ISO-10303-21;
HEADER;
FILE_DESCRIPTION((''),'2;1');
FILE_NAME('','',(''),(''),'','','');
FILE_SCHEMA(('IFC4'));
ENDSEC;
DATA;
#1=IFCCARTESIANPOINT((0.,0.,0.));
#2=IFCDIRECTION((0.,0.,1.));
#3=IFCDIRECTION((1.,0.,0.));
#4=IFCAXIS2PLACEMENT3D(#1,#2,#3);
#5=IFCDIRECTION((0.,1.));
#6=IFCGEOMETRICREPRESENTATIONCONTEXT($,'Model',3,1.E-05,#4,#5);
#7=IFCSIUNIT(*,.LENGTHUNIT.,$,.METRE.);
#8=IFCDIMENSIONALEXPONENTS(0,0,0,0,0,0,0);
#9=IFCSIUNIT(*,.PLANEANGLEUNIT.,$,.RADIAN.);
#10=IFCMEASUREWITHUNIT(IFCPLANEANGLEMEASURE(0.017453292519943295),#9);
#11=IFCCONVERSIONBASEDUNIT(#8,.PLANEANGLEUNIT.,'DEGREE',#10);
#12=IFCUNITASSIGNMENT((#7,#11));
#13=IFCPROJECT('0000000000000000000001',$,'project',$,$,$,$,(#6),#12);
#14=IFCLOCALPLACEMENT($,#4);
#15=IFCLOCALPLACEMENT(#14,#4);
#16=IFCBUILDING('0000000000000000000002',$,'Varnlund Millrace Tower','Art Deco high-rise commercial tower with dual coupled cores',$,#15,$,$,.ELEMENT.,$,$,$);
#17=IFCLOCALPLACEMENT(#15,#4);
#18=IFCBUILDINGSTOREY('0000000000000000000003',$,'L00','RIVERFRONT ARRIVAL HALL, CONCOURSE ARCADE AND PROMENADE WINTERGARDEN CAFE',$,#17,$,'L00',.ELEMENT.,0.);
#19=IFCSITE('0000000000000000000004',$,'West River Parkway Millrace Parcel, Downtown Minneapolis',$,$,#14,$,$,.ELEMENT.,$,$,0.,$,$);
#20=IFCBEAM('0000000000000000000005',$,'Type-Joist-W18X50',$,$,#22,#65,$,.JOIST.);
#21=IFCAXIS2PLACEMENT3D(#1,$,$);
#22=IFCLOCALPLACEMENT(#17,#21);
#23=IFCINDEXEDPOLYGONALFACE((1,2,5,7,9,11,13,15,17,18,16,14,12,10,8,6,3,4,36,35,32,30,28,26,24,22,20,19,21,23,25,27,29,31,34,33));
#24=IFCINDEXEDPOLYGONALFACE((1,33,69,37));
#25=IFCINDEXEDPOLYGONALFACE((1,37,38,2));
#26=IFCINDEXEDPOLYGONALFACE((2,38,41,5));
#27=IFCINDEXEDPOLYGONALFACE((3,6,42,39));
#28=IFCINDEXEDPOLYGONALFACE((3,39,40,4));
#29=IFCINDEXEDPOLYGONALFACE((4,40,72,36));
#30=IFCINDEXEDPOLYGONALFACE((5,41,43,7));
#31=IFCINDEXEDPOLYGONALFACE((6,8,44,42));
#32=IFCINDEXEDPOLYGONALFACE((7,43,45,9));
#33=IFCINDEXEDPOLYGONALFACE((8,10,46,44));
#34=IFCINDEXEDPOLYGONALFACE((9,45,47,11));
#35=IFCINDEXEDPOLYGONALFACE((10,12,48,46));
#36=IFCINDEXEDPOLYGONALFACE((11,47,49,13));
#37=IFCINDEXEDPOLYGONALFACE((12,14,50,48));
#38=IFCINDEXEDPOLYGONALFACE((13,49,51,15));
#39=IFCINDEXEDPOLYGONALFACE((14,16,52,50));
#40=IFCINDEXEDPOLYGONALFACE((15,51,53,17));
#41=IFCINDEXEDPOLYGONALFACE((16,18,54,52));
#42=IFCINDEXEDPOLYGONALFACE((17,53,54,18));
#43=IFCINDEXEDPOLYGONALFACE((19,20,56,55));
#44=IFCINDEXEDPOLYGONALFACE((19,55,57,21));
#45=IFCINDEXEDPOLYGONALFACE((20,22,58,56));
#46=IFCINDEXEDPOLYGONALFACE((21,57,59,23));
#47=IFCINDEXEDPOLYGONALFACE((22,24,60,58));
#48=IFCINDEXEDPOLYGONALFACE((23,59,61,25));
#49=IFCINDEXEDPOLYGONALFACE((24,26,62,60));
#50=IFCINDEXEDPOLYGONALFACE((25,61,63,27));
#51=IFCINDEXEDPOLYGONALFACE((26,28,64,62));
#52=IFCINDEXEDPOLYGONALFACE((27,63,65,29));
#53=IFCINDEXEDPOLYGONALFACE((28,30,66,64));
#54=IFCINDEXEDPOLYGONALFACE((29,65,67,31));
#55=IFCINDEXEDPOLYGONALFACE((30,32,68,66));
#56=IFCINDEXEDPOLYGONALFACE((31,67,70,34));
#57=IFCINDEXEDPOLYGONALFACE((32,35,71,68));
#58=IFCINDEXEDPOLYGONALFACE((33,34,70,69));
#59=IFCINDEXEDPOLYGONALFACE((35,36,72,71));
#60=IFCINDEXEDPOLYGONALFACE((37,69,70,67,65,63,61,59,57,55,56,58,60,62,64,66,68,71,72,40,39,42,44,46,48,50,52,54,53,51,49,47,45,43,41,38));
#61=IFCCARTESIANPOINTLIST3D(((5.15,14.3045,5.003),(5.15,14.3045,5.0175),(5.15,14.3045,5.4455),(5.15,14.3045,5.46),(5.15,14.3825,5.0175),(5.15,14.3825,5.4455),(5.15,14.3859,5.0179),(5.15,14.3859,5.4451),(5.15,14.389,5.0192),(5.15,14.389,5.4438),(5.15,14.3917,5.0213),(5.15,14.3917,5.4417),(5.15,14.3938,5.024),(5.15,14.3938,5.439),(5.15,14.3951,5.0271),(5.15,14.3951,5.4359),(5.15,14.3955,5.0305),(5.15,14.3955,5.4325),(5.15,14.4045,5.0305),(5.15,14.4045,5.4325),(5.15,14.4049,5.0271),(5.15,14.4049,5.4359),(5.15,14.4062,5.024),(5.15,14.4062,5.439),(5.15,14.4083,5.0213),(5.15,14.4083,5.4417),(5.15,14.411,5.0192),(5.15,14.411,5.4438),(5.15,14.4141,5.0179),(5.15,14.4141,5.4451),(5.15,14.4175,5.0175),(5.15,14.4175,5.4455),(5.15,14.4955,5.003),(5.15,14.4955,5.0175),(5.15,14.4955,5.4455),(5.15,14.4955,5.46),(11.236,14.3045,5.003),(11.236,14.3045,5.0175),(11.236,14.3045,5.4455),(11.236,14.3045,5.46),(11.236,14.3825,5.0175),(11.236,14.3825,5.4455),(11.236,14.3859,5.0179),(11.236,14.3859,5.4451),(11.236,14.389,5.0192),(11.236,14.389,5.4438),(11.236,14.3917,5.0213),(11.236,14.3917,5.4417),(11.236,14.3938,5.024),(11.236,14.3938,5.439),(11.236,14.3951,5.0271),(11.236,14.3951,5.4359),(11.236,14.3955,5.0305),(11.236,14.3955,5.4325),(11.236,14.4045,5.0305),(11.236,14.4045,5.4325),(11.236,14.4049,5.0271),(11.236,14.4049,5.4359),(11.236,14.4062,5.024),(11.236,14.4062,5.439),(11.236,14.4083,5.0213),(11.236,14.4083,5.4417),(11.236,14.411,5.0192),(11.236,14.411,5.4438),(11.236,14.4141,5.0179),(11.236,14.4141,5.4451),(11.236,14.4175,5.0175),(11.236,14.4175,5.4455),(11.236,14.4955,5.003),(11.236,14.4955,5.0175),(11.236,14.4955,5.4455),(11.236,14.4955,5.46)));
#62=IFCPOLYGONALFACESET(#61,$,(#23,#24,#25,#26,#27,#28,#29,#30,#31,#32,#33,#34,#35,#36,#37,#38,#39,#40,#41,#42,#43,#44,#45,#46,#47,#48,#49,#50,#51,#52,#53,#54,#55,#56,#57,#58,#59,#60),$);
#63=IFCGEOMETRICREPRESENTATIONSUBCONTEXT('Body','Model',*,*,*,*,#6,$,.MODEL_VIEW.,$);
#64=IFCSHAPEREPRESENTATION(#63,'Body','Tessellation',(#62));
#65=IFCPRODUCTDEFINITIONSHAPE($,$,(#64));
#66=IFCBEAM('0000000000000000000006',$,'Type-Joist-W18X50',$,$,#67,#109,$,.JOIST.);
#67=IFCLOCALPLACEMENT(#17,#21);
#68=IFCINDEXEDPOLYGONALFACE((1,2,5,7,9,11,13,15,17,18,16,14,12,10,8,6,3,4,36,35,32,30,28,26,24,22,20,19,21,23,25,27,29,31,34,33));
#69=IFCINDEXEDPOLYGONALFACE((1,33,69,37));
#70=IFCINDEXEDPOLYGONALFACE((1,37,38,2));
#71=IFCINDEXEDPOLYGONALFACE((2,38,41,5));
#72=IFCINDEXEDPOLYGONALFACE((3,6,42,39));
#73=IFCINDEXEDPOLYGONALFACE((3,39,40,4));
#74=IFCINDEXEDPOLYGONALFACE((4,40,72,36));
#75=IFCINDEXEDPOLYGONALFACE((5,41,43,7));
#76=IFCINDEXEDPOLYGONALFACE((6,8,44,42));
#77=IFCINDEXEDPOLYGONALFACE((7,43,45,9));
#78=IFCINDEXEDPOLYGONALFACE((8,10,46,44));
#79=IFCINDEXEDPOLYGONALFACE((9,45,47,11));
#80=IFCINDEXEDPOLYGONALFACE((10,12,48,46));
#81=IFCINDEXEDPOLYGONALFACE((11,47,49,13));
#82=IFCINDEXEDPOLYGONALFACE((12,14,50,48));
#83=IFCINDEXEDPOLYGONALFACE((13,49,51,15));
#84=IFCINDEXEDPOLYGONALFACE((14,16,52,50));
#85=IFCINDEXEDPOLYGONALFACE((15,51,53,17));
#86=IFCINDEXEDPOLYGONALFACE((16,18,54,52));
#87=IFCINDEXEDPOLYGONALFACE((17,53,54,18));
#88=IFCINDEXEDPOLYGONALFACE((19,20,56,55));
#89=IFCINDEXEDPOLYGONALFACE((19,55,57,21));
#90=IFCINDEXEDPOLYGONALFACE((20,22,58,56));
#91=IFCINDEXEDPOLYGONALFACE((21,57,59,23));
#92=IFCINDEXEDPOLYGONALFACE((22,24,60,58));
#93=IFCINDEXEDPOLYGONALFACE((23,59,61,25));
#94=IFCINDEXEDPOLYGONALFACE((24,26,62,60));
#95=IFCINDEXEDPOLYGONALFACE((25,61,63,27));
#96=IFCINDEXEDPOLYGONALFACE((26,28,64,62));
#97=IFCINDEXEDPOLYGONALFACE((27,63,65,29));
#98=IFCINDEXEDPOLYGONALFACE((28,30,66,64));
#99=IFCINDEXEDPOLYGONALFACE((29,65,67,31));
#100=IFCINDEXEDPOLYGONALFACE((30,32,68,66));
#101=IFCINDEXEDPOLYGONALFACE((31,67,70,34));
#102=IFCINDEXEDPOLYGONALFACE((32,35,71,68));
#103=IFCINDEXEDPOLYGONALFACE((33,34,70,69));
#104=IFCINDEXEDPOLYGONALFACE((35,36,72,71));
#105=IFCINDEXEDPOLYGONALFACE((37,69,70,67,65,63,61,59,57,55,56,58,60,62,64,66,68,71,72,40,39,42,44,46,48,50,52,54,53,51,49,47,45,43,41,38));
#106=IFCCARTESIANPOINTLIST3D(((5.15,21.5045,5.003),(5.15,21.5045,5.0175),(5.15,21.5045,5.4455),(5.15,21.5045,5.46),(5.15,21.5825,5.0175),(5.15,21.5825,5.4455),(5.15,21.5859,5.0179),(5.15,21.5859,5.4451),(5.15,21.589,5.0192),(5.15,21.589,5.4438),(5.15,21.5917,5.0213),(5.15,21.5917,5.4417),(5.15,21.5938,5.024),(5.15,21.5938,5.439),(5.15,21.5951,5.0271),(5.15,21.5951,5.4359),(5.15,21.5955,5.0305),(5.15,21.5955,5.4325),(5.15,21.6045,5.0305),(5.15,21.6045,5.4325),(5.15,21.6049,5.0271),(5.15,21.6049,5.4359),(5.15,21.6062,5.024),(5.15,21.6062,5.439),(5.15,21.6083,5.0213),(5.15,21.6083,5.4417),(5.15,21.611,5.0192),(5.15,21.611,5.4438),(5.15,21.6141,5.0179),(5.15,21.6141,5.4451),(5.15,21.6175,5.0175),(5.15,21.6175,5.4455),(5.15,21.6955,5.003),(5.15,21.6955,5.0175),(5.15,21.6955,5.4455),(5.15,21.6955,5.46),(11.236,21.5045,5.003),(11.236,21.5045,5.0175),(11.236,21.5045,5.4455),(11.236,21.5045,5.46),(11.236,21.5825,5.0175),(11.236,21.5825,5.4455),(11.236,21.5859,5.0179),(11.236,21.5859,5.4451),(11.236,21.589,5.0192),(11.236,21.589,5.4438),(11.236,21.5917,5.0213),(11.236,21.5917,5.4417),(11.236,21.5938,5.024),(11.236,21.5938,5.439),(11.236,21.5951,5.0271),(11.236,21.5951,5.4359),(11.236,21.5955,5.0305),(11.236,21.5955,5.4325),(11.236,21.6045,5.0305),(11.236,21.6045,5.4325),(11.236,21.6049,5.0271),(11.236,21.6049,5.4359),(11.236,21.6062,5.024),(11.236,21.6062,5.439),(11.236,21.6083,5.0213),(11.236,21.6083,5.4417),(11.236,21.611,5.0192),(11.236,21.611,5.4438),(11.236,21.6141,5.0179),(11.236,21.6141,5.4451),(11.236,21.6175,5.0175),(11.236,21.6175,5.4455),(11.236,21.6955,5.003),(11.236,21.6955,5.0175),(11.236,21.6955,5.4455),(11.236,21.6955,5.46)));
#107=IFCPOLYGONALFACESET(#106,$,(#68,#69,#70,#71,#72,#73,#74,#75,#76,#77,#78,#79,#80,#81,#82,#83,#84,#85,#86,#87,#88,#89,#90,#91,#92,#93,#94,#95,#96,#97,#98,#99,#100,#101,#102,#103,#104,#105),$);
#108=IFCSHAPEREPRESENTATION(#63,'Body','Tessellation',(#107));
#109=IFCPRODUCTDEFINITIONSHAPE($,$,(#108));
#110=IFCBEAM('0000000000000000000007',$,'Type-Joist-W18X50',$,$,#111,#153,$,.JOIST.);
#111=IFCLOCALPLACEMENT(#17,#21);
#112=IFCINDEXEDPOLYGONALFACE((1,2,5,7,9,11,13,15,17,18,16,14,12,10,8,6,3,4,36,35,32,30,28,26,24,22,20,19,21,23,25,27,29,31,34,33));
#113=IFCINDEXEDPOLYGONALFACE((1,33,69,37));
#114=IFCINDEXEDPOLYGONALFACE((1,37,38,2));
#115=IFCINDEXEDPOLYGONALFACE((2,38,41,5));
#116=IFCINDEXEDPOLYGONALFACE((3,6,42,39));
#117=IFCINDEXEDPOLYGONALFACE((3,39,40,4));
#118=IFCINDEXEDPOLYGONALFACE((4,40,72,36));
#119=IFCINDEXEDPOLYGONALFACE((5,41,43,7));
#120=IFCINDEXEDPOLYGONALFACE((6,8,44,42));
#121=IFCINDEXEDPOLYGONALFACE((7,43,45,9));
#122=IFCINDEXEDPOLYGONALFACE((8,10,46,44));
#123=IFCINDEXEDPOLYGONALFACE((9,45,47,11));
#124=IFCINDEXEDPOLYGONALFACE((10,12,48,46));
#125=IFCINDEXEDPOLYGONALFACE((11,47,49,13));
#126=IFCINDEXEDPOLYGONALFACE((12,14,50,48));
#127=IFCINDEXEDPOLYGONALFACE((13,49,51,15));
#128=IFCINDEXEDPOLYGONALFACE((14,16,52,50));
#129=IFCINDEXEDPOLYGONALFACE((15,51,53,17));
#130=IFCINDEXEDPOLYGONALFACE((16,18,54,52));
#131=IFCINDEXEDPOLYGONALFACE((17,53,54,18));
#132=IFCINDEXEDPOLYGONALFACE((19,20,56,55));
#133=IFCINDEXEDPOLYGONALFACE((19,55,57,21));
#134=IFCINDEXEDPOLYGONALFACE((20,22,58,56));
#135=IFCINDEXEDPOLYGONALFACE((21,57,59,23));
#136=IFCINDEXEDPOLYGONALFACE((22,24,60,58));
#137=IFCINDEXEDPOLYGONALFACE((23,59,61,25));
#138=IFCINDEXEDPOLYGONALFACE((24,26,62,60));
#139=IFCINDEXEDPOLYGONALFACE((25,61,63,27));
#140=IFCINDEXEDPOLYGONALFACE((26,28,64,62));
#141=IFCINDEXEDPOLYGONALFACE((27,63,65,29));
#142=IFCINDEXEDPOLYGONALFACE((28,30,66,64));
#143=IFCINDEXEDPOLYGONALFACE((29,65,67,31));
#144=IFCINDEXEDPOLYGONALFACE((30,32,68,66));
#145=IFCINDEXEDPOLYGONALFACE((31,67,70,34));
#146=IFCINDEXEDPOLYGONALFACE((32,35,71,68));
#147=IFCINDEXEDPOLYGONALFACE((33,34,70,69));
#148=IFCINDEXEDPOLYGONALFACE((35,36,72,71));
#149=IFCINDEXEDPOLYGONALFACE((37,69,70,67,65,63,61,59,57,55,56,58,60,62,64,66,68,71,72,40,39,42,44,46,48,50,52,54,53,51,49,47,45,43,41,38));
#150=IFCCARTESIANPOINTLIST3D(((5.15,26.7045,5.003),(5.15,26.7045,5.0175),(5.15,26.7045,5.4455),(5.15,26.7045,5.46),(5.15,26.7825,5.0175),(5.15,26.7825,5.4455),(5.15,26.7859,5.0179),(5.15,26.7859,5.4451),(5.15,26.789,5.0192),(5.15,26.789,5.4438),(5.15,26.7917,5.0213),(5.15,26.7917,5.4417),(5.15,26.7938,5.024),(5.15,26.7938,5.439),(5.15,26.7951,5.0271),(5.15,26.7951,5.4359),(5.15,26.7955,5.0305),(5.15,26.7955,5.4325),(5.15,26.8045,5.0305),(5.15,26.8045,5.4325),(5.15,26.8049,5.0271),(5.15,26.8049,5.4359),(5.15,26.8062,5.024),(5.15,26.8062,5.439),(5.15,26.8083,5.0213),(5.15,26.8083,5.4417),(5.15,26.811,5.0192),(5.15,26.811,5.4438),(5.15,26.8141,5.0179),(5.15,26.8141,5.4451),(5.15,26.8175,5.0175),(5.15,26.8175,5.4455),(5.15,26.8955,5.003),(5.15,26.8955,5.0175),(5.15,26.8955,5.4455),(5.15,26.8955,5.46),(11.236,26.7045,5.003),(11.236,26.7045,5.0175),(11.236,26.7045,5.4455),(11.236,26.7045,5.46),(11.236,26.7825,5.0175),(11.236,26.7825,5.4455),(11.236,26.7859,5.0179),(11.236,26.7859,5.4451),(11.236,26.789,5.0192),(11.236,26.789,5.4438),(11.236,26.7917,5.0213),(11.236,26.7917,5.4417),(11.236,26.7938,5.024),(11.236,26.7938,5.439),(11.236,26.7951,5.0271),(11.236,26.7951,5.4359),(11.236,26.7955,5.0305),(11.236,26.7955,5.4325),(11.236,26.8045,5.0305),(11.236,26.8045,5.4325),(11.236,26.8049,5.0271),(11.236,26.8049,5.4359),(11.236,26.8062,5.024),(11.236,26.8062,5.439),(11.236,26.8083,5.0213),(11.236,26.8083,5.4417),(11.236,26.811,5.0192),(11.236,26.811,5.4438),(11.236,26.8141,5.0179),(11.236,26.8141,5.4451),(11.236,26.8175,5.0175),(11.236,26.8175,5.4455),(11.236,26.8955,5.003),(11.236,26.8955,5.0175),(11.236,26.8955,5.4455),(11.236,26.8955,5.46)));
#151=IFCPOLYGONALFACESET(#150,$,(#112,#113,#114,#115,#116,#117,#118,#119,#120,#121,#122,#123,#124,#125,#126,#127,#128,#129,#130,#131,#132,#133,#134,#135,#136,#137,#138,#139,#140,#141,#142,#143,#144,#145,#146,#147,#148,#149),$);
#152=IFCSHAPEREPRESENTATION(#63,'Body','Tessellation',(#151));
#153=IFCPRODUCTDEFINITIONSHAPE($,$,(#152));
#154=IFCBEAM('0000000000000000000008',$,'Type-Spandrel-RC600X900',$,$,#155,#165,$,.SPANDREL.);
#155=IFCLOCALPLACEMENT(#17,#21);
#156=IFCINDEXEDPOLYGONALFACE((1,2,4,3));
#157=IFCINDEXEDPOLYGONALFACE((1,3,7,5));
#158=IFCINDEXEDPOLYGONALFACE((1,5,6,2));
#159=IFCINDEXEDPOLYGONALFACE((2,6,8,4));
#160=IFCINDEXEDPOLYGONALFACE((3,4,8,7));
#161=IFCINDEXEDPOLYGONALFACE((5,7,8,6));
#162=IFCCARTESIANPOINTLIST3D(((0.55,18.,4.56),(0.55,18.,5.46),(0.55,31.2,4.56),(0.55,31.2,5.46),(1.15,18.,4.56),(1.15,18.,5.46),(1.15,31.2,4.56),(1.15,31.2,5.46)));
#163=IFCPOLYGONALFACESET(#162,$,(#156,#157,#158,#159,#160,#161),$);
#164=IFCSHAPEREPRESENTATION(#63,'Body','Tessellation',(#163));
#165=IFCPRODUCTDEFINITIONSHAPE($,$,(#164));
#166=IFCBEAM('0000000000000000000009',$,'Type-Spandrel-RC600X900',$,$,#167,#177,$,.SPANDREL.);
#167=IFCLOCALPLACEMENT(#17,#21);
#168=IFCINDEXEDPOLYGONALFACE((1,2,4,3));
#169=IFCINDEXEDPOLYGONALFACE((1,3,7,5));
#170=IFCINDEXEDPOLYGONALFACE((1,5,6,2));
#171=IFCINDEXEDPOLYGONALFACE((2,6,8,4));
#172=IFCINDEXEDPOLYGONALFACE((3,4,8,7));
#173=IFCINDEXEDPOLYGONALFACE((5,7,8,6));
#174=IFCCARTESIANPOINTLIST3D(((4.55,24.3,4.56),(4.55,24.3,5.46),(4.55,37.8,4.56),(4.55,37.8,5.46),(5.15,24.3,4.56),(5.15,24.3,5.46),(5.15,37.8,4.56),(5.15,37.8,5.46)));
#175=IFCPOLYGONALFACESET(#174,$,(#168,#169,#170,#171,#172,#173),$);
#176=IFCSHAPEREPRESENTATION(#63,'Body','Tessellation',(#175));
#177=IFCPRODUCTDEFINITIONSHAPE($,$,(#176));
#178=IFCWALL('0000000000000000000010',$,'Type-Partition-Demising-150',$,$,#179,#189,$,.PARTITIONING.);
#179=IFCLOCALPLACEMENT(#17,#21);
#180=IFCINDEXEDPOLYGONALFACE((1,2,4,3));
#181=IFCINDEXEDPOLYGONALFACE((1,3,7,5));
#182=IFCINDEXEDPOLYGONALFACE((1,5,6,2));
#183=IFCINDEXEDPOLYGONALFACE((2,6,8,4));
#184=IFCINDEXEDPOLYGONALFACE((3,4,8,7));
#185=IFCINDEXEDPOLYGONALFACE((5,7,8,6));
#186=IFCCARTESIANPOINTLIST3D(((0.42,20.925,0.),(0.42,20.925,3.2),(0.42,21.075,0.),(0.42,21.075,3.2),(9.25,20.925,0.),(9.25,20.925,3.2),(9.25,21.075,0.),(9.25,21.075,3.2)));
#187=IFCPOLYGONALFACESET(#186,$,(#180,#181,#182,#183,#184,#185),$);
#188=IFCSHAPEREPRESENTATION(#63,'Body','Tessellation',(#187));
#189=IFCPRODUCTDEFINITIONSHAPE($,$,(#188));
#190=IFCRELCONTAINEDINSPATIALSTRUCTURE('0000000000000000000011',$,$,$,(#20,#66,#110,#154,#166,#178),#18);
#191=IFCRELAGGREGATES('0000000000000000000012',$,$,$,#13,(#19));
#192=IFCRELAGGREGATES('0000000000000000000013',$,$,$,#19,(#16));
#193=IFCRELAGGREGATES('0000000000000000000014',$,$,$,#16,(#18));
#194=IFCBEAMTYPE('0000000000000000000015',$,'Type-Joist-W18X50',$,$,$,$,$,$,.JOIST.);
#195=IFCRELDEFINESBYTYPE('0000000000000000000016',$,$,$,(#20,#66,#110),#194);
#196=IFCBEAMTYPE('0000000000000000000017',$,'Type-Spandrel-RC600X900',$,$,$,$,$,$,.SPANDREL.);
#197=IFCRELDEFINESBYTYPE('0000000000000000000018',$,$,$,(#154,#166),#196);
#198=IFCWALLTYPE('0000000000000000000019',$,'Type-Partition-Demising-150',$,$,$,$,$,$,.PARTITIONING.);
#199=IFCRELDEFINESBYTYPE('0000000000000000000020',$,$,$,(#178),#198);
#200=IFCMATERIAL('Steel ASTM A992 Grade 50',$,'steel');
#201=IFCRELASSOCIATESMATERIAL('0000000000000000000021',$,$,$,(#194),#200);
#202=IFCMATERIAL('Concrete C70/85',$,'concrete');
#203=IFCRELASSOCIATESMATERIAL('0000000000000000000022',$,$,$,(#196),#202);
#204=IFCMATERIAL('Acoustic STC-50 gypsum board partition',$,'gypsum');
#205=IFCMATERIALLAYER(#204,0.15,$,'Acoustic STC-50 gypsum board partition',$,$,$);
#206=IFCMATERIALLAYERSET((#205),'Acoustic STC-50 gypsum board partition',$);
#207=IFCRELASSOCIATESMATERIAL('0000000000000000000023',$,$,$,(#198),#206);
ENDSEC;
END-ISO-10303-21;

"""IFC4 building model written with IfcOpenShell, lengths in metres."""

from ifc_helpers import new_model, entity, si_unit, converted_unit, direction, frame, origin_with_axes, origin_2d_with_axis, place, context, subcontext, project, spatial, polyline, rectangle, i_section, outline, extrude, material, layer, layer_set, material_profile, profile_set, type_object, element, save


model = new_model("IFC4")

# Units and contexts
model_context = context("Model", 3, precision=1e-05, world=origin_with_axes(), true_north=direction((0.0, 1.0)))
body_context = subcontext(model_context, "Body", "Model", "MODEL_VIEW")
ifc_project = project(units=[si_unit("LENGTHUNIT", "METRE"), converted_unit("PLANEANGLEUNIT", "DEGREE", entity("IfcPlaneAngleMeasure", 0.017453292519943295), si_unit("PLANEANGLEUNIT", "RADIAN"), dimensions=[0, 0, 0, 0, 0, 0, 0])], contexts=[model_context])

# Site, building, storey
site_placement = place(None, origin_with_axes())
site = spatial("IfcSite", under=ifc_project, at=site_placement, Name="West River Parkway Millrace Parcel, Downtown Minneapolis", CompositionType="ELEMENT", RefElevation=0.0)
building_placement = place(site_placement, origin_with_axes())
building = spatial("IfcBuilding", under=site, at=building_placement, Name="Varnlund Millrace Tower", Description="Art Deco high-rise commercial tower with dual coupled cores", CompositionType="ELEMENT")
storey_placement = place(building_placement, origin_with_axes())
storey = spatial("IfcBuildingStorey", under=building, at=storey_placement, Name="L00", Description="RIVERFRONT ARRIVAL HALL, CONCOURSE ARCADE AND PROMENADE WINTERGARDEN CAFE", LongName="L00", CompositionType="ELEMENT", Elevation=0.0)

# Beams
ifc_material_1 = material(Name="Steel ASTM A992 Grade 50", Category="steel")
ifc_material_profile_1 = material_profile(ifc_material_1, i_section(OverallWidth=0.191, OverallDepth=0.457, WebThickness=0.009, FlangeThickness=0.0145, FilletRadius=0.013, at=origin_2d_with_axis()), Name="Steel ASTM A992 Grade 50")
ifc_profile_set_1 = profile_set([ifc_material_profile_1], Name="Steel ASTM A992 Grade 50")
beam_type_1 = type_object("IfcBeamType", Name="Type-Joist-W18X50", PredefinedType="JOIST", material=ifc_profile_set_1)
for number, where, z_axis, x_axis, name in (
    (1, (5.15, 14.4, 5.2315), (1.0, 0.0, 0.0), (0.0, 1.0, 0.0), "Type-Joist-W18X50"),
    (2, (5.15, 21.6, 5.2315), (1.0, 0.0, 0.0), (0.0, 1.0, 0.0), "Type-Joist-W18X50"),
    (3, (5.15, 26.8, 5.2315), (1.0, 0.0, 0.0), (0.0, 1.0, 0.0), "Type-Joist-W18X50"),
):
    element("IfcBeam", number, at=place(storey_placement, frame(where, z_axis=z_axis, x_axis=x_axis)), inside=storey, type_object=beam_type_1, Name=name, PredefinedType="JOIST", context=body_context, shape_type="SweptSolid", body=[
        extrude(i_section(OverallWidth=0.191, OverallDepth=0.457, WebThickness=0.009, FlangeThickness=0.0145, FilletRadius=0.013, at=origin_2d_with_axis()), origin_with_axes(), (0.0, 0.0, 1.0), 6.086),
    ])
ifc_material_2 = material(Name="Concrete C70/85", Category="concrete")
ifc_material_profile_2 = material_profile(ifc_material_2, rectangle(XDim=0.6, YDim=0.9, at=origin_2d_with_axis()), Name="Concrete C70/85")
ifc_profile_set_2 = profile_set([ifc_material_profile_2], Name="Concrete C70/85")
beam_type_2 = type_object("IfcBeamType", Name="Type-Spandrel-RC600X900", PredefinedType="SPANDREL", material=ifc_profile_set_2)
beam_1_placement = place(storey_placement, frame((0.85, 18.0, 5.01), z_axis=(0.0, 1.0, 0.0), x_axis=(-1.0, 0.0, 0.0)))
element("IfcBeam", 4, at=beam_1_placement, inside=storey, type_object=beam_type_2, Name="Type-Spandrel-RC600X900", PredefinedType="SPANDREL", context=body_context, shape_type="SweptSolid", body=[
    extrude(rectangle(XDim=0.6, YDim=0.9, at=origin_2d_with_axis()), origin_with_axes(), (0.0, 0.0, 1.0), 13.2),
])
beam_2_placement = place(storey_placement, frame((4.85, 24.3, 5.01), z_axis=(0.0, 1.0, 0.0), x_axis=(-1.0, 0.0, 0.0)))
element("IfcBeam", 5, at=beam_2_placement, inside=storey, type_object=beam_type_2, Name="Type-Spandrel-RC600X900", PredefinedType="SPANDREL", context=body_context, shape_type="SweptSolid", body=[
    extrude(rectangle(XDim=0.6, YDim=0.9, at=origin_2d_with_axis()), origin_with_axes(), (0.0, 0.0, 1.0), 13.5),
])

# Wall
ifc_material_3 = material(Name="Acoustic STC-50 gypsum board partition", Category="gypsum")
ifc_layer_1 = layer(ifc_material_3, 0.15, Name="Acoustic STC-50 gypsum board partition")
ifc_layer_set_1 = layer_set([ifc_layer_1], Name="Acoustic STC-50 gypsum board partition")
wall_type_1 = type_object("IfcWallType", Name="Type-Partition-Demising-150", PredefinedType="PARTITIONING", material=ifc_layer_set_1)
wall_1_placement = place(storey_placement, frame((0.42, 21.0, 0.0), z_axis=(0.0, 0.0, 1.0), x_axis=(1.0, 0.0, 0.0)))
element("IfcWall", 6, at=wall_1_placement, inside=storey, type_object=wall_type_1, Name="Type-Partition-Demising-150", PredefinedType="PARTITIONING", context=body_context, shape_type="SweptSolid", body=[
    extrude(outline(polyline([(0.0, -0.075), (8.83, -0.075), (8.83, 0.075), (0.0, 0.075), (0.0, -0.075)])), origin_with_axes(), (0.0, 0.0, 1.0), 3.2),
])

save(model, "model.ifc")
